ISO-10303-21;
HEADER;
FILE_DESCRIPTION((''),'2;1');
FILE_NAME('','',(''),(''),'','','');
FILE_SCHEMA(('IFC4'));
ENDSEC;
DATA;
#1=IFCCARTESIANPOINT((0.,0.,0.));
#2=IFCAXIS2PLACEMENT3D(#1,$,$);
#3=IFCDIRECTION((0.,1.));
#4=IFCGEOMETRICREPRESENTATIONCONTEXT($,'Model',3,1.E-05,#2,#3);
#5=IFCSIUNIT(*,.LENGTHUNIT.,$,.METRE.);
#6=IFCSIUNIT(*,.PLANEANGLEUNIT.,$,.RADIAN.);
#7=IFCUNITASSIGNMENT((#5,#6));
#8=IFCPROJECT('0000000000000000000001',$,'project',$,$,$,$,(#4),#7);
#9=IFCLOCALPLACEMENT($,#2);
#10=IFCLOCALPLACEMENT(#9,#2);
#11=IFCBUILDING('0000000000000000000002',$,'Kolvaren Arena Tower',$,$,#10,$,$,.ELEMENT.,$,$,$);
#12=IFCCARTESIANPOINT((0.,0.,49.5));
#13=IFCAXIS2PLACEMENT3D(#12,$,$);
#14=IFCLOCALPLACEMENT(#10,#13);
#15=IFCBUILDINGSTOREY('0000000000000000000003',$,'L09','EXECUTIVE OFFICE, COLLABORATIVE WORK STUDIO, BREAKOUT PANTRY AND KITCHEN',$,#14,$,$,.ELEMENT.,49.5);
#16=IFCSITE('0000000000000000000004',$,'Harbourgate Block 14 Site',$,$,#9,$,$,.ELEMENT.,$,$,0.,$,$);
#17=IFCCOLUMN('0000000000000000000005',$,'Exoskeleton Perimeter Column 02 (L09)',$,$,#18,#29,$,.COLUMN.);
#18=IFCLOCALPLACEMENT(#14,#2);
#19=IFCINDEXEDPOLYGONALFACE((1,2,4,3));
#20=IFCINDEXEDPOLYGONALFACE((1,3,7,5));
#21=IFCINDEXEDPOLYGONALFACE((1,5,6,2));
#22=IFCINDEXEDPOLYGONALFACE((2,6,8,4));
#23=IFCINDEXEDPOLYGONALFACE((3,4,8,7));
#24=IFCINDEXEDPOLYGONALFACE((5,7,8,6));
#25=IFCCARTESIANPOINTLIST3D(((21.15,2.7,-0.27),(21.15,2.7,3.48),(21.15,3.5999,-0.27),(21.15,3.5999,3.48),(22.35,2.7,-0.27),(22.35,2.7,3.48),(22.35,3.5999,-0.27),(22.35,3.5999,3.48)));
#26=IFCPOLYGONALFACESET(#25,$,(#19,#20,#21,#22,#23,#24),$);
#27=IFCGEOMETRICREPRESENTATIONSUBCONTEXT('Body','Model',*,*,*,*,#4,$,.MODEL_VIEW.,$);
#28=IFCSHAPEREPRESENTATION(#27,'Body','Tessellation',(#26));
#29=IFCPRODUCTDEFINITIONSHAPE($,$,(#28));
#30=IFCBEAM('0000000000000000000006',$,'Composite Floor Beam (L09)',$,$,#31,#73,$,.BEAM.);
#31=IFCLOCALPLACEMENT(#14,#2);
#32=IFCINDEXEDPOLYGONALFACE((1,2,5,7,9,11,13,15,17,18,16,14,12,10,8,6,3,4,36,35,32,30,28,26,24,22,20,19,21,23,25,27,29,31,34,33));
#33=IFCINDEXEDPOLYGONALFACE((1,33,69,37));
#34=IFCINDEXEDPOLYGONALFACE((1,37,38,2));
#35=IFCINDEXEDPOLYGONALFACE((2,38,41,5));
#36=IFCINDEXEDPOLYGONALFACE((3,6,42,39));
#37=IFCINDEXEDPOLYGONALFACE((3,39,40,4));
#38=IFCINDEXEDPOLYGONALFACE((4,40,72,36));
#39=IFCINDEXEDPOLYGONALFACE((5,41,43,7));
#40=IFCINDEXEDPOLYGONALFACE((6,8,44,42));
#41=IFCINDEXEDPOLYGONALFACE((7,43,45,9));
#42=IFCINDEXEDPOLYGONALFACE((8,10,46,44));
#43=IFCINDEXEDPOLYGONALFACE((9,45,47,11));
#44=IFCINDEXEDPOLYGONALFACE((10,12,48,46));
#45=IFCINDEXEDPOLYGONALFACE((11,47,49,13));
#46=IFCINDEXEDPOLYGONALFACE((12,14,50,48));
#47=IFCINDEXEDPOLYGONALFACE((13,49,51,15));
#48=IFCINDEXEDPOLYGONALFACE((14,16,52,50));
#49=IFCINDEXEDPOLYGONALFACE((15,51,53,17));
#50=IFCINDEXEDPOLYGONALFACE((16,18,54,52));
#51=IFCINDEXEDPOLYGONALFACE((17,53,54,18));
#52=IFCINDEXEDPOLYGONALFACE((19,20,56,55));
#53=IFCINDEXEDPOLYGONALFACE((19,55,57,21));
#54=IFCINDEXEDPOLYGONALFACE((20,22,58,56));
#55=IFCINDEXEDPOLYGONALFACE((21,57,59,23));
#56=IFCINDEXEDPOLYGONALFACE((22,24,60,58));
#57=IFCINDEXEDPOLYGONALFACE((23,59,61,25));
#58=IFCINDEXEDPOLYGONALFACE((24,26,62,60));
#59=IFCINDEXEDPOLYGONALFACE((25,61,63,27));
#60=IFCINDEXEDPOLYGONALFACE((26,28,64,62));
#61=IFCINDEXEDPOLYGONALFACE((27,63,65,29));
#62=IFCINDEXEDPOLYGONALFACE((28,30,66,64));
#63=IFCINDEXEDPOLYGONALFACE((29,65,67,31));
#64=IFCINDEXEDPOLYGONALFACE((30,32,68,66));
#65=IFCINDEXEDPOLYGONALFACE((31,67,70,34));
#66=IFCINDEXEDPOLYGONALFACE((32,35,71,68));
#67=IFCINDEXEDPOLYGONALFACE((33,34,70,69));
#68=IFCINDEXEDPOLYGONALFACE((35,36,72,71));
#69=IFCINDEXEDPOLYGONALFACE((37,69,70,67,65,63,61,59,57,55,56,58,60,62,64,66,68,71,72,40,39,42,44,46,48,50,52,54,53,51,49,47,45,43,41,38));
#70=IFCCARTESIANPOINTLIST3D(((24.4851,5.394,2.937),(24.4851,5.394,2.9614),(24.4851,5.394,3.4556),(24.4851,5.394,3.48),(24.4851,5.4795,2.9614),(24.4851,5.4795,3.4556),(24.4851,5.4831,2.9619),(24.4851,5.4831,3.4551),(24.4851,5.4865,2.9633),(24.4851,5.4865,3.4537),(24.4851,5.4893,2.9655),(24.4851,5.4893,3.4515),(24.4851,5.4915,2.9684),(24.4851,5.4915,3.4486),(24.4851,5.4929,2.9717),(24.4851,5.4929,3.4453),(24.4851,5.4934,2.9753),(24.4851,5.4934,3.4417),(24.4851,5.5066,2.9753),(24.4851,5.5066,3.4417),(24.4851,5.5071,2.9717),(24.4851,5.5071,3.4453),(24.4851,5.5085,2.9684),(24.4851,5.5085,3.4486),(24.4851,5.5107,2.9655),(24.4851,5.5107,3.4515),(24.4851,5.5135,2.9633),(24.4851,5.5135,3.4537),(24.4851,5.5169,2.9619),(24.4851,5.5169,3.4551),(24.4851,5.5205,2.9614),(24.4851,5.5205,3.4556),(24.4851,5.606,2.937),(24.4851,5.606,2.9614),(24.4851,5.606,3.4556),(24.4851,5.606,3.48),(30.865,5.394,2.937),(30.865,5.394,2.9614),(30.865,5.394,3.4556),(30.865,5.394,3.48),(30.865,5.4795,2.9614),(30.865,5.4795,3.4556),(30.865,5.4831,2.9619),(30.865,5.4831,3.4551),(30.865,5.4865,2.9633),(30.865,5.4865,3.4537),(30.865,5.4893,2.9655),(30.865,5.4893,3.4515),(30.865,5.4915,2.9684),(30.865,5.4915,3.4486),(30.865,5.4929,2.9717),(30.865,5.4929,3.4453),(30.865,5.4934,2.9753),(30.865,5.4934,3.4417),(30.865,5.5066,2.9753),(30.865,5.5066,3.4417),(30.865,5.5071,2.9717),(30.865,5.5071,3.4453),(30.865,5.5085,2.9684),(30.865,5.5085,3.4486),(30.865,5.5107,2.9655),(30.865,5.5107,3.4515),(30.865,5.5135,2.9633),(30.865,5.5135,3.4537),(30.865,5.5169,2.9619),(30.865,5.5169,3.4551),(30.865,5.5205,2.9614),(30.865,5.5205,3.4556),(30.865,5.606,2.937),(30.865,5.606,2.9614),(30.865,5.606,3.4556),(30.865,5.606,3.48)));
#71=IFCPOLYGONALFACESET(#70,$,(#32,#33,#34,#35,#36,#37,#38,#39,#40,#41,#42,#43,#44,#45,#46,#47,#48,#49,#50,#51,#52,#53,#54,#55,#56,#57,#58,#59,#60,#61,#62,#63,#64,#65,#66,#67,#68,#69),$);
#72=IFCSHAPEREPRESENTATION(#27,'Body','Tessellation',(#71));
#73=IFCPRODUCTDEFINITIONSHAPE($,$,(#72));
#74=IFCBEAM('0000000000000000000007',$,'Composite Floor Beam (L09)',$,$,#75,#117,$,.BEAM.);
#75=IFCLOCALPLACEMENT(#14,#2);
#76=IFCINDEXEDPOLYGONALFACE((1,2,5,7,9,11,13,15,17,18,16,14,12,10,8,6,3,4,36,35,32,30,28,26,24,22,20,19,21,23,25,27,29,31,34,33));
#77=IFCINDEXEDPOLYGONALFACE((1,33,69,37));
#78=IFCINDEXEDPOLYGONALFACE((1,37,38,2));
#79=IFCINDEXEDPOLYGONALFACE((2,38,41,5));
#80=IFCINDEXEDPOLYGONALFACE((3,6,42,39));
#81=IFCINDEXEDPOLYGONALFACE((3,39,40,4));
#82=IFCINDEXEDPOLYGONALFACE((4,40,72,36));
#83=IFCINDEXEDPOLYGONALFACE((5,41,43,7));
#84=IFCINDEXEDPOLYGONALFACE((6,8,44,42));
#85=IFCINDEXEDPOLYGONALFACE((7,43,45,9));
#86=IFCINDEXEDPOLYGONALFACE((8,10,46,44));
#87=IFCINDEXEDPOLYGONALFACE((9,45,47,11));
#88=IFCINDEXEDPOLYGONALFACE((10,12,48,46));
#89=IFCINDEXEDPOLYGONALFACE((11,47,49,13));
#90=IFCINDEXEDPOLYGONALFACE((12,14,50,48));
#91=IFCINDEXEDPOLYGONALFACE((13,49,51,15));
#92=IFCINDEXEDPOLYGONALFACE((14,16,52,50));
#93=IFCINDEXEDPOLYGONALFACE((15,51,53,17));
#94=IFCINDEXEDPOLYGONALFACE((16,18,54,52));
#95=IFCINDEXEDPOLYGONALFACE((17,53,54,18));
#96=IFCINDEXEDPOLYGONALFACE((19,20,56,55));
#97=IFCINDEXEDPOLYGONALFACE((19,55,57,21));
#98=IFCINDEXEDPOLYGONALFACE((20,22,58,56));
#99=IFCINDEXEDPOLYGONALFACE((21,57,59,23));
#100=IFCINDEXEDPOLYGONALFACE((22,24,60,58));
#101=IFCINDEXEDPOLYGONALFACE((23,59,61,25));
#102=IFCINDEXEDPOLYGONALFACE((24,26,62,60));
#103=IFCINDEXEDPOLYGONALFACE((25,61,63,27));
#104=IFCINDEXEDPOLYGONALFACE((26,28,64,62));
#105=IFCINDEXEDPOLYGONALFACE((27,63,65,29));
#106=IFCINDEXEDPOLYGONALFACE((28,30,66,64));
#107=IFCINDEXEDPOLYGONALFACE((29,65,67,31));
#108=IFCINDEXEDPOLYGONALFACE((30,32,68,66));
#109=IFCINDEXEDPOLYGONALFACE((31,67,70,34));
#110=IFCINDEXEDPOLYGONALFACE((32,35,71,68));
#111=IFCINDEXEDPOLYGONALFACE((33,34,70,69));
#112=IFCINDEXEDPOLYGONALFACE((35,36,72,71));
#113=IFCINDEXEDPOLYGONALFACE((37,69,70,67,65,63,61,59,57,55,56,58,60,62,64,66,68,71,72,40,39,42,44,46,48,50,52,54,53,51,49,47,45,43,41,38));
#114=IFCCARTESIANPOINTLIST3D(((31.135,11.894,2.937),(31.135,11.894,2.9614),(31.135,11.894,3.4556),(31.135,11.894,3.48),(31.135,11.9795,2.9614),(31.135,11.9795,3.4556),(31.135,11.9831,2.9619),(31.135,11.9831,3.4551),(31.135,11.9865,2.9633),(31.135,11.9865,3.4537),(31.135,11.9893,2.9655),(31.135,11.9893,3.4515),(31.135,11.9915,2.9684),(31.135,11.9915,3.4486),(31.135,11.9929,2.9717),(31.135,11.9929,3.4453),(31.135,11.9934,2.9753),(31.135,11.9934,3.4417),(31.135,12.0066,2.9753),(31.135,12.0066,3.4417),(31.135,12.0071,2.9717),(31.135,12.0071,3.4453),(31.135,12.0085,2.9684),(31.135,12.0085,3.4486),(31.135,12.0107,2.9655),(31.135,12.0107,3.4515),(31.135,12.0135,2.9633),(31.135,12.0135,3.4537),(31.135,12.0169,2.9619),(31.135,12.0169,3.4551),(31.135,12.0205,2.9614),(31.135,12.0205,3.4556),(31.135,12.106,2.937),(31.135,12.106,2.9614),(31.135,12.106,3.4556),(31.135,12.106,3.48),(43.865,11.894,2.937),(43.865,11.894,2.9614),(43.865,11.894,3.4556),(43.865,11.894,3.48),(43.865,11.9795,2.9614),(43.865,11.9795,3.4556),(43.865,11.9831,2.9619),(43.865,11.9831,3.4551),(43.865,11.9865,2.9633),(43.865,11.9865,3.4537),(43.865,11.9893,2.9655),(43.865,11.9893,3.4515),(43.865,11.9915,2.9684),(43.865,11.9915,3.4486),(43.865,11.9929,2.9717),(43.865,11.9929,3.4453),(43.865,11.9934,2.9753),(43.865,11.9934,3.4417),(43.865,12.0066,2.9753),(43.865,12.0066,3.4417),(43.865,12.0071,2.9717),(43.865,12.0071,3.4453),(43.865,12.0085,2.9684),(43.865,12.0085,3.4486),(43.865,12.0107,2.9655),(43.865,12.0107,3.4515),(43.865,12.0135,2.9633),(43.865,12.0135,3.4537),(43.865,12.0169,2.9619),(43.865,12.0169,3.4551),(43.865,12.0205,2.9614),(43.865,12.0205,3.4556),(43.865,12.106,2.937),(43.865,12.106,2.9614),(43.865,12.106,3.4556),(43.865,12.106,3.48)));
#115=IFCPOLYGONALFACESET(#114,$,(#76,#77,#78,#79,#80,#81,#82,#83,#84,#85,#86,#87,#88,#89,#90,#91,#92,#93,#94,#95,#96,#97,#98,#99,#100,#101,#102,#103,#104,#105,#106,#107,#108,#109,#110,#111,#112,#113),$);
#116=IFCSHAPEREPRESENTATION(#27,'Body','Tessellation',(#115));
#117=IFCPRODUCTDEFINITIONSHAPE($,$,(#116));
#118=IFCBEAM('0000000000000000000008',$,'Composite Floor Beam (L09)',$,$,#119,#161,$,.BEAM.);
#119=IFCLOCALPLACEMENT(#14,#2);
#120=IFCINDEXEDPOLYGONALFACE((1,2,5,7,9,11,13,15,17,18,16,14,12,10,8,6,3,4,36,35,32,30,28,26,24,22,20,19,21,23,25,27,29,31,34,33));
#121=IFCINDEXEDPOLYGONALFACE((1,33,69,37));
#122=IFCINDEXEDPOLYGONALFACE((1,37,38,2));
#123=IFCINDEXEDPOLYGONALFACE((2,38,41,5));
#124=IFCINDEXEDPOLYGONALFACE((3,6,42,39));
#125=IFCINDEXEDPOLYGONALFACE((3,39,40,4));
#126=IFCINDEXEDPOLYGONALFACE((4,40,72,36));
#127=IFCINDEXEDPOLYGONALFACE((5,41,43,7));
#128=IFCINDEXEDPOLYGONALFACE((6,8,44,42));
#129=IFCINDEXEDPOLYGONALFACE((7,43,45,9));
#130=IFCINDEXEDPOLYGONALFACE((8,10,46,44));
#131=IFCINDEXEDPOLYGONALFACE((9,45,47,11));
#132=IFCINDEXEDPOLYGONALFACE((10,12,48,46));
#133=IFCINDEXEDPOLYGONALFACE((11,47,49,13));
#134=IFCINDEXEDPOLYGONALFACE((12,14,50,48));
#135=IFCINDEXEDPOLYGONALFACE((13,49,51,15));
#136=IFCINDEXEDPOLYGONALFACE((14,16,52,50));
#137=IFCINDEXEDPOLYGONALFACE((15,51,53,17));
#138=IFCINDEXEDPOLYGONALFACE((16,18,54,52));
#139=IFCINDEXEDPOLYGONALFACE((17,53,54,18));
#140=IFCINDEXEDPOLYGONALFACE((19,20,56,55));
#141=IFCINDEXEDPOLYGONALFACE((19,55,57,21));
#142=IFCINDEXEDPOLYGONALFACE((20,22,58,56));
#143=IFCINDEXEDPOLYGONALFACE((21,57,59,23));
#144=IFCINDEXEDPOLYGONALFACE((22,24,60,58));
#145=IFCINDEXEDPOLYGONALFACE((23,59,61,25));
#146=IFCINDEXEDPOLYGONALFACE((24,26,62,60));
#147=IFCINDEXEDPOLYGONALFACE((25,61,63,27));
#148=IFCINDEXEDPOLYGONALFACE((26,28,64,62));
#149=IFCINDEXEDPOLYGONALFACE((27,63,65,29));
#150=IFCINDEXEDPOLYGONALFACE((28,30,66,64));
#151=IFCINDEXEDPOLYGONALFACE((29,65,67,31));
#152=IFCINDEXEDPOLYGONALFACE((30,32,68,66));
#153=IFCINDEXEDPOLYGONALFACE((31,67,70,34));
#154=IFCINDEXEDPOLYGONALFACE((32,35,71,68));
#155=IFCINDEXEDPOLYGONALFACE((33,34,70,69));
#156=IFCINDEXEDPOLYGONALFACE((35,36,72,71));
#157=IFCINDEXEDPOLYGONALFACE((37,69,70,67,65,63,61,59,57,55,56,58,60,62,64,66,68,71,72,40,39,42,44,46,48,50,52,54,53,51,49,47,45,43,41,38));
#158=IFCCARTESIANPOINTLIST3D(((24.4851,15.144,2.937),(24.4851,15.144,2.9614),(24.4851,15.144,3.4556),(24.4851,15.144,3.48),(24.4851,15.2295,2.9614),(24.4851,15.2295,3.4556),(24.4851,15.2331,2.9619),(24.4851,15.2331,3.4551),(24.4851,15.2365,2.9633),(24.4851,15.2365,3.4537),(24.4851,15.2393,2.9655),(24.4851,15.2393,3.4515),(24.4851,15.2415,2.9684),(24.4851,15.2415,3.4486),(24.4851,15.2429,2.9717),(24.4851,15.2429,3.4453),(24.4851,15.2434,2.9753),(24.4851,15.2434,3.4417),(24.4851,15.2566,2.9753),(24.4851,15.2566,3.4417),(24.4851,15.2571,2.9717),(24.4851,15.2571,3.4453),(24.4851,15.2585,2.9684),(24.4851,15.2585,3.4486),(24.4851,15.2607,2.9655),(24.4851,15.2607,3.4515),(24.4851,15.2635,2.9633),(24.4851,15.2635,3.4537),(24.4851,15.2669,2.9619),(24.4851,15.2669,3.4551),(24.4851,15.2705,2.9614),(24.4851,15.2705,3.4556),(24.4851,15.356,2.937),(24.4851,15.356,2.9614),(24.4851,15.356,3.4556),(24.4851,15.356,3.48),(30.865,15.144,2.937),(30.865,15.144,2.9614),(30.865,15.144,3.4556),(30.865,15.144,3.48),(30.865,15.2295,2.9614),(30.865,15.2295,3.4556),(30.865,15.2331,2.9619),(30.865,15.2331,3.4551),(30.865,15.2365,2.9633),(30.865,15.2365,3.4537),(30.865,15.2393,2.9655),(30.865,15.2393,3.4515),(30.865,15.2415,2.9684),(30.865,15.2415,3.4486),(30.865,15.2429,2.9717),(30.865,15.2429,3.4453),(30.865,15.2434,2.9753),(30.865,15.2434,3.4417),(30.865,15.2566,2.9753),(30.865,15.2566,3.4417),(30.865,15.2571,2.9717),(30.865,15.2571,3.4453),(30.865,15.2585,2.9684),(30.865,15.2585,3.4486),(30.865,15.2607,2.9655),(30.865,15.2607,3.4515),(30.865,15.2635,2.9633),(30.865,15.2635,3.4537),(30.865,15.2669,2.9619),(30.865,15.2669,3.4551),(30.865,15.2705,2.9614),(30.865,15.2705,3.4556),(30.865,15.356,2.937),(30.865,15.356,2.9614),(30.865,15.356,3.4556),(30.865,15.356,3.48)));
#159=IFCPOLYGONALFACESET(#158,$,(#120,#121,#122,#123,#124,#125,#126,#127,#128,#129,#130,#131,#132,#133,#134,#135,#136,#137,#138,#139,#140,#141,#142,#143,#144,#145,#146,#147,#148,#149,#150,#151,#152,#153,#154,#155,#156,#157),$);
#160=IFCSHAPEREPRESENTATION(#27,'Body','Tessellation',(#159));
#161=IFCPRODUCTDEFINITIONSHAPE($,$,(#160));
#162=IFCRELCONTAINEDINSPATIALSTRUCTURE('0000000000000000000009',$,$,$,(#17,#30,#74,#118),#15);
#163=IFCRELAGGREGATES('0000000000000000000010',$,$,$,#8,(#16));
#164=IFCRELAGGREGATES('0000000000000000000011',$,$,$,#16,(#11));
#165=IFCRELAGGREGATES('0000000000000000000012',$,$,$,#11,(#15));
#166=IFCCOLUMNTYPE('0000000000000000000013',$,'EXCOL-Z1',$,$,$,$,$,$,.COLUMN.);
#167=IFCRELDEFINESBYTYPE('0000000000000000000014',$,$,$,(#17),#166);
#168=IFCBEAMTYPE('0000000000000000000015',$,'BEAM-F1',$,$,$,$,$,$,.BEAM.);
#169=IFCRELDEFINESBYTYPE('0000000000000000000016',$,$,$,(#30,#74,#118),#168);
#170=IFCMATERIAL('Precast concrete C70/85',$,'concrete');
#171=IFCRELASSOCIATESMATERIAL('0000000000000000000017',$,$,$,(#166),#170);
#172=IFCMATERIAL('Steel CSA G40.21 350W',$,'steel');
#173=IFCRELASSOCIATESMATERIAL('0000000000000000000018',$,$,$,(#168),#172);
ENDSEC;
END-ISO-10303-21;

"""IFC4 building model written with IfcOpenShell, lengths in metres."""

from ifc_helpers import new_model, si_unit, direction, frame, origin, origin_2d, place, context, subcontext, project, spatial, rectangle, i_section, extrude, material, material_profile, profile_set, type_object, element, save


model = new_model("IFC4")

# Units and contexts
model_context = context("Model", 3, precision=1e-05, world=origin(), true_north=direction((0.0, 1.0)))
body_context = subcontext(model_context, "Body", "Model", "MODEL_VIEW")
ifc_project = project(units=[si_unit("LENGTHUNIT", "METRE"), si_unit("PLANEANGLEUNIT", "RADIAN")], contexts=[model_context])

# Site, building, storey
site_placement = place(None, origin())
site = spatial("IfcSite", under=ifc_project, at=site_placement, Name="Harbourgate Block 14 Site", CompositionType="ELEMENT", RefElevation=0.0)
building_placement = place(site_placement, origin())
building = spatial("IfcBuilding", under=site, at=building_placement, Name="Kolvaren Arena Tower", CompositionType="ELEMENT")
storey_placement = place(building_placement, frame((0.0, 0.0, 49.5)))
storey = spatial("IfcBuildingStorey", under=building, at=storey_placement, Name="L09", Description="EXECUTIVE OFFICE, COLLABORATIVE WORK STUDIO, BREAKOUT PANTRY AND KITCHEN", CompositionType="ELEMENT", Elevation=49.5)

# Column
ifc_material_1 = material(Name="Precast concrete C70/85", Category="concrete")
ifc_material_profile_1 = material_profile(ifc_material_1, rectangle(XDim=1.2, YDim=0.8999, at=origin_2d()), Name="RC-1200x900")
ifc_profile_set_1 = profile_set([ifc_material_profile_1], Name="Precast concrete C70/85")
column_type = type_object("IfcColumnType", Name="EXCOL-Z1", PredefinedType="COLUMN", material=ifc_profile_set_1)
column_placement = place(storey_placement, frame((21.75, 3.1499, -0.27), z_axis=(0.0, 0.0, 1.0), x_axis=(1.0, 0.0, 0.0)))
element("IfcColumn", 1, at=column_placement, inside=storey, type_object=column_type, Name="Exoskeleton Perimeter Column 02 (L09)", PredefinedType="COLUMN", context=body_context, shape_type="SweptSolid", body=[
    extrude(rectangle(XDim=1.2, YDim=0.8999, at=origin_2d()), origin(), (0.0, 0.0, 1.0), 3.75),
])

# Beams
ifc_material_2 = material(Name="Steel CSA G40.21 350W", Category="steel")
ifc_material_profile_2 = material_profile(ifc_material_2, i_section(OverallWidth=0.2119, OverallDepth=0.543, WebThickness=0.0132, FlangeThickness=0.0244, FilletRadius=0.0139, at=origin_2d()), Name="W530x150")
ifc_profile_set_2 = profile_set([ifc_material_profile_2], Name="Steel CSA G40.21 350W")
beam_type_1 = type_object("IfcBeamType", Name="BEAM-F1", PredefinedType="BEAM", material=ifc_profile_set_2)
beam_1_placement = place(storey_placement, frame((24.4851, 5.5, 3.2085), z_axis=(1.0, 0.0, 0.0), x_axis=(0.0, 1.0, 0.0)))
element("IfcBeam", 2, at=beam_1_placement, inside=storey, type_object=beam_type_1, Name="Composite Floor Beam (L09)", PredefinedType="BEAM", context=body_context, shape_type="SweptSolid", body=[
    extrude(i_section(OverallWidth=0.2119, OverallDepth=0.543, WebThickness=0.0132, FlangeThickness=0.0244, FilletRadius=0.0139, at=origin_2d()), origin(), (0.0, 0.0, 1.0), 6.3799),
])
beam_2_placement = place(storey_placement, frame((31.135, 12.0, 3.2085), z_axis=(1.0, 0.0, 0.0), x_axis=(0.0, 1.0, 0.0)))
element("IfcBeam", 3, at=beam_2_placement, inside=storey, type_object=beam_type_1, Name="Composite Floor Beam (L09)", PredefinedType="BEAM", context=body_context, shape_type="SweptSolid", body=[
    extrude(i_section(OverallWidth=0.2119, OverallDepth=0.543, WebThickness=0.0132, FlangeThickness=0.0244, FilletRadius=0.0139, at=origin_2d()), origin(), (0.0, 0.0, 1.0), 12.73),
])
beam_3_placement = place(storey_placement, frame((24.4851, 15.25, 3.2085), z_axis=(1.0, 0.0, 0.0), x_axis=(0.0, 1.0, 0.0)))
element("IfcBeam", 4, at=beam_3_placement, inside=storey, type_object=beam_type_1, Name="Composite Floor Beam (L09)", PredefinedType="BEAM", context=body_context, shape_type="SweptSolid", body=[
    extrude(i_section(OverallWidth=0.2119, OverallDepth=0.543, WebThickness=0.0132, FlangeThickness=0.0244, FilletRadius=0.0139, at=origin_2d()), origin(), (0.0, 0.0, 1.0), 6.3799),
])

save(model, "model.ifc")
